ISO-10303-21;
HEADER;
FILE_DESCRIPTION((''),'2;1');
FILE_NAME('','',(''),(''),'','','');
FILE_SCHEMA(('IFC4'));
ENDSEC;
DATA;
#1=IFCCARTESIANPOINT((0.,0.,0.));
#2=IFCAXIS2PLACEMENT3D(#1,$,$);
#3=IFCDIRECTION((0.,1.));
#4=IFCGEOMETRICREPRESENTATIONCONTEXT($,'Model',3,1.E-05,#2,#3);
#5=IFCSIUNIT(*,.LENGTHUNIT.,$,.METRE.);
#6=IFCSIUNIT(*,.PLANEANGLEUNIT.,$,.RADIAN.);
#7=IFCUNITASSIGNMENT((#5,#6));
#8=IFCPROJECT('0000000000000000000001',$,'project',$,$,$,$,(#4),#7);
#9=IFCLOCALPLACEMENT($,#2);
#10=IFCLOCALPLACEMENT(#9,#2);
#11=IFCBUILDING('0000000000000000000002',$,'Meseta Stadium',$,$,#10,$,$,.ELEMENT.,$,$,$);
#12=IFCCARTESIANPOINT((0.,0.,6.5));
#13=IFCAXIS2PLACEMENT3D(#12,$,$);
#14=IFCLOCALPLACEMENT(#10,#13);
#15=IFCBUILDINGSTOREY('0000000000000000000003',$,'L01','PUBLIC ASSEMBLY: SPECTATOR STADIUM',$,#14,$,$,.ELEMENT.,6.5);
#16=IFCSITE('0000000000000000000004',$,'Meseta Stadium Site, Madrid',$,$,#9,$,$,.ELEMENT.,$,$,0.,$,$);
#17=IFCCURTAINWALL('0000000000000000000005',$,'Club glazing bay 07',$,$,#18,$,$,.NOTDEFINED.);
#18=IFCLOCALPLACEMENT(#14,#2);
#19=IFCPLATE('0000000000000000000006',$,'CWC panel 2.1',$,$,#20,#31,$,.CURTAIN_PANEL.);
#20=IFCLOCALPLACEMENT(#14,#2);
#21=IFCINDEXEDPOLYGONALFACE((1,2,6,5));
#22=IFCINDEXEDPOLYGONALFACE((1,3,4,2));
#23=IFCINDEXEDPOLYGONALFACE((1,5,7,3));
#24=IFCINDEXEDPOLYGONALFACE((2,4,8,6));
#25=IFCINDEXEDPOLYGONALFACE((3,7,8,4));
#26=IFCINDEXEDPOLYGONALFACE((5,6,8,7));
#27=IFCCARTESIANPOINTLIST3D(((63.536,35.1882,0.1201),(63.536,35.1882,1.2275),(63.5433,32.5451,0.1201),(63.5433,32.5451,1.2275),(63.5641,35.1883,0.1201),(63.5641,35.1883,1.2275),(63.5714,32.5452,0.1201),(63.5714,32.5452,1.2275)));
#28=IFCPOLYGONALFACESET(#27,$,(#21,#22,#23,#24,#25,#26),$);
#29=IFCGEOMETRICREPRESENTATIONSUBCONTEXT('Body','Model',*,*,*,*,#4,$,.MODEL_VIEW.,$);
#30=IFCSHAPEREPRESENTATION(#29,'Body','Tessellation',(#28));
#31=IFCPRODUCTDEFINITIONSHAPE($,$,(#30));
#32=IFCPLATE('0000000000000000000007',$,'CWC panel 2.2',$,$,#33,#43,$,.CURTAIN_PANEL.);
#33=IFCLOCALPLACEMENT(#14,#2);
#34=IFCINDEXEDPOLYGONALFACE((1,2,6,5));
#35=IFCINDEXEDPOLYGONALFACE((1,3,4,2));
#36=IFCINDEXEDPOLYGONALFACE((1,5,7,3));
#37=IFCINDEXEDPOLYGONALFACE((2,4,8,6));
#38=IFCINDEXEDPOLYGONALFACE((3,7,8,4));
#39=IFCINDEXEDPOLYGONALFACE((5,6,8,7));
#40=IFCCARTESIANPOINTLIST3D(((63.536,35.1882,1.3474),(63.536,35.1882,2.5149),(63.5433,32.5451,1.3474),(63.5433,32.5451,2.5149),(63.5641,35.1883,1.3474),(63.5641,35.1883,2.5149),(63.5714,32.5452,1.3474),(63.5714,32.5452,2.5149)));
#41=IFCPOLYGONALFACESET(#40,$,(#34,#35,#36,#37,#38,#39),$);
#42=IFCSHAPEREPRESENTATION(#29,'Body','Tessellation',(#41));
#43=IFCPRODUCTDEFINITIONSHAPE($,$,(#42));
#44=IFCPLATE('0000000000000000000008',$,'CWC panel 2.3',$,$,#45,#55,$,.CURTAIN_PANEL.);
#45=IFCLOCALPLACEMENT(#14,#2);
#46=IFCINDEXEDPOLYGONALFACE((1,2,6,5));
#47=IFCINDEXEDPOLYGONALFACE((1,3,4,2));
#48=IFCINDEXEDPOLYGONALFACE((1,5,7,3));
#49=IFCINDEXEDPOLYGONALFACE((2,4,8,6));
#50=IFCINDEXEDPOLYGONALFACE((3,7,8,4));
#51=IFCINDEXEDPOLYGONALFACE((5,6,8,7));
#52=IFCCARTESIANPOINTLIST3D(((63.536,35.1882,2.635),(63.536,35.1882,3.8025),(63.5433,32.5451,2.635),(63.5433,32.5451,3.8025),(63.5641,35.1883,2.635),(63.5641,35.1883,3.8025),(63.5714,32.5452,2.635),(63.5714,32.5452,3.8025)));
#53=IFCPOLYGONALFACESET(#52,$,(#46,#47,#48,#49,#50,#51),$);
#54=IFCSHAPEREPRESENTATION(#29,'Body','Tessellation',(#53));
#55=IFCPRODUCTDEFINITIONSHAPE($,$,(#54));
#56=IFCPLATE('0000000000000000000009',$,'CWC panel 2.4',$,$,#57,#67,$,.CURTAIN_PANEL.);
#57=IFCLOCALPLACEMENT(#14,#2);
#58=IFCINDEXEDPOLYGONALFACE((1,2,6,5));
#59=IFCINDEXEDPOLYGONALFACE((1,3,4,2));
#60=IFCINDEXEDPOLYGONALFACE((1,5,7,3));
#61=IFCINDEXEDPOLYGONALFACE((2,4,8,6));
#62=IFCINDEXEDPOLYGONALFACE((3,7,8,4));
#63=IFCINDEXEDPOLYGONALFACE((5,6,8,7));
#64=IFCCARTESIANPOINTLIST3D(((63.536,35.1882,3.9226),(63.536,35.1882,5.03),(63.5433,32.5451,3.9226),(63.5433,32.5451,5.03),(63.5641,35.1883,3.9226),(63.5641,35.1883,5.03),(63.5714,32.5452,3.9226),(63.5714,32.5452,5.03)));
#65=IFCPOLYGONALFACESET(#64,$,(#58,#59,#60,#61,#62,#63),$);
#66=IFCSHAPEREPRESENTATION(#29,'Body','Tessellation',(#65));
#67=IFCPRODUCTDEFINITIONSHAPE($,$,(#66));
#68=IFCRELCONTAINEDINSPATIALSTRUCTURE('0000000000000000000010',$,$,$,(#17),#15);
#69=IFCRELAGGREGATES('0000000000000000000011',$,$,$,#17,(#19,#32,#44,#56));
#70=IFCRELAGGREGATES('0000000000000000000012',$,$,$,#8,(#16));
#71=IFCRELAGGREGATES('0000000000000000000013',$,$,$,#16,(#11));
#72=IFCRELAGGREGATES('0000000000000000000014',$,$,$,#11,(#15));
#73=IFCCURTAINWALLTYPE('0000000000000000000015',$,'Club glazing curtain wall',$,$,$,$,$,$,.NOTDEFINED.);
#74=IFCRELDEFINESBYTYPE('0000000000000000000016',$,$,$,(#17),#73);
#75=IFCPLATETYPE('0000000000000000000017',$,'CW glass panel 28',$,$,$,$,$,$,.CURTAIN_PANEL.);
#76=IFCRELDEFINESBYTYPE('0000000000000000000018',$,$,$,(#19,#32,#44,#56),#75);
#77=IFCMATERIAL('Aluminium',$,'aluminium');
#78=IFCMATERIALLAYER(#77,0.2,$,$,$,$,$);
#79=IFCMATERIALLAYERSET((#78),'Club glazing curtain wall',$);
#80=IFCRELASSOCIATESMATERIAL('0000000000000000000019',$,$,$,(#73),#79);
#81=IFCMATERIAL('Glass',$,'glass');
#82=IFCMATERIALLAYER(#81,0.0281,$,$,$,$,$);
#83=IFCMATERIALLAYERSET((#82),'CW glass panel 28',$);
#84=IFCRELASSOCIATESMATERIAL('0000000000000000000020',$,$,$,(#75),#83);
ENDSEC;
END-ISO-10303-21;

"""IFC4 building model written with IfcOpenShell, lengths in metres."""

from ifc_helpers import new_model, si_unit, direction, frame, origin, origin_2d, place, context, subcontext, project, spatial, rectangle, extrude, material, layer, layer_set, type_object, element, aggregate, save


model = new_model("IFC4")

# Units and contexts
model_context = context("Model", 3, precision=1e-05, world=origin(), true_north=direction((0.0, 1.0)))
body_context = subcontext(model_context, "Body", "Model", "MODEL_VIEW")
ifc_project = project(units=[si_unit("LENGTHUNIT", "METRE"), si_unit("PLANEANGLEUNIT", "RADIAN")], contexts=[model_context])

# Site, building, storey
site_placement = place(None, origin())
site = spatial("IfcSite", under=ifc_project, at=site_placement, Name="Meseta Stadium Site, Madrid", CompositionType="ELEMENT", RefElevation=0.0)
building_placement = place(site_placement, origin())
building = spatial("IfcBuilding", under=site, at=building_placement, Name="Meseta Stadium", CompositionType="ELEMENT")
storey_placement = place(building_placement, frame((0.0, 0.0, 6.5)))
storey = spatial("IfcBuildingStorey", under=building, at=storey_placement, Name="L01", Description="PUBLIC ASSEMBLY: SPECTATOR STADIUM", CompositionType="ELEMENT", Elevation=6.5)

# Curtain wall, plates
ifc_material_1 = material(Name="Aluminium", Category="aluminium")
ifc_layer_1 = layer(ifc_material_1, 0.2)
ifc_layer_set_1 = layer_set([ifc_layer_1], Name="Club glazing curtain wall")
curtain_wall_type = type_object("IfcCurtainWallType", Name="Club glazing curtain wall", PredefinedType="NOTDEFINED", material=ifc_layer_set_1)
curtain_wall_placement = place(storey_placement, origin())
curtain_wall = element("IfcCurtainWall", 1, at=curtain_wall_placement, inside=storey, type_object=curtain_wall_type, Name="Club glazing bay 07", PredefinedType="NOTDEFINED")
ifc_material_2 = material(Name="Glass", Category="glass")
ifc_layer_2 = layer(ifc_material_2, 0.0281)
ifc_layer_set_2 = layer_set([ifc_layer_2], Name="CW glass panel 28")
plate_type = type_object("IfcPlateType", Name="CW glass panel 28", PredefinedType="CURTAIN_PANEL", material=ifc_layer_set_2)
plate_1_placement = place(storey_placement, frame((63.5537, 33.8667, 0.1201), z_axis=(0.0, 0.0, 1.0), x_axis=(-0.002758, 0.999996, 0.0)))
plate_1 = element("IfcPlate", 2, at=plate_1_placement, type_object=plate_type, Name="CWC panel 2.1", PredefinedType="CURTAIN_PANEL", context=body_context, shape_type="SweptSolid", body=[
    extrude(rectangle(XDim=2.6431, YDim=0.0281, at=origin_2d()), origin(), (0.0, 0.0, 1.0), 1.1074),
])
plate_2_placement = place(storey_placement, frame((63.5537, 33.8667, 1.3474), z_axis=(0.0, 0.0, 1.0), x_axis=(-0.002758, 0.999996, 0.0)))
plate_2 = element("IfcPlate", 3, at=plate_2_placement, type_object=plate_type, Name="CWC panel 2.2", PredefinedType="CURTAIN_PANEL", context=body_context, shape_type="SweptSolid", body=[
    extrude(rectangle(XDim=2.6431, YDim=0.0281, at=origin_2d()), origin(), (0.0, 0.0, 1.0), 1.1675),
])
plate_3_placement = place(storey_placement, frame((63.5537, 33.8667, 2.635), z_axis=(0.0, 0.0, 1.0), x_axis=(-0.002758, 0.999996, 0.0)))
plate_3 = element("IfcPlate", 4, at=plate_3_placement, type_object=plate_type, Name="CWC panel 2.3", PredefinedType="CURTAIN_PANEL", context=body_context, shape_type="SweptSolid", body=[
    extrude(rectangle(XDim=2.6431, YDim=0.0281, at=origin_2d()), origin(), (0.0, 0.0, 1.0), 1.1675),
])
plate_4_placement = place(storey_placement, frame((63.5537, 33.8667, 3.9226), z_axis=(0.0, 0.0, 1.0), x_axis=(-0.002758, 0.999996, 0.0)))
plate_4 = element("IfcPlate", 5, at=plate_4_placement, type_object=plate_type, Name="CWC panel 2.4", PredefinedType="CURTAIN_PANEL", context=body_context, shape_type="SweptSolid", body=[
    extrude(rectangle(XDim=2.6431, YDim=0.0281, at=origin_2d()), origin(), (0.0, 0.0, 1.0), 1.1074),
])
aggregate(curtain_wall, [plate_1, plate_2, plate_3, plate_4])

save(model, "model.ifc")
